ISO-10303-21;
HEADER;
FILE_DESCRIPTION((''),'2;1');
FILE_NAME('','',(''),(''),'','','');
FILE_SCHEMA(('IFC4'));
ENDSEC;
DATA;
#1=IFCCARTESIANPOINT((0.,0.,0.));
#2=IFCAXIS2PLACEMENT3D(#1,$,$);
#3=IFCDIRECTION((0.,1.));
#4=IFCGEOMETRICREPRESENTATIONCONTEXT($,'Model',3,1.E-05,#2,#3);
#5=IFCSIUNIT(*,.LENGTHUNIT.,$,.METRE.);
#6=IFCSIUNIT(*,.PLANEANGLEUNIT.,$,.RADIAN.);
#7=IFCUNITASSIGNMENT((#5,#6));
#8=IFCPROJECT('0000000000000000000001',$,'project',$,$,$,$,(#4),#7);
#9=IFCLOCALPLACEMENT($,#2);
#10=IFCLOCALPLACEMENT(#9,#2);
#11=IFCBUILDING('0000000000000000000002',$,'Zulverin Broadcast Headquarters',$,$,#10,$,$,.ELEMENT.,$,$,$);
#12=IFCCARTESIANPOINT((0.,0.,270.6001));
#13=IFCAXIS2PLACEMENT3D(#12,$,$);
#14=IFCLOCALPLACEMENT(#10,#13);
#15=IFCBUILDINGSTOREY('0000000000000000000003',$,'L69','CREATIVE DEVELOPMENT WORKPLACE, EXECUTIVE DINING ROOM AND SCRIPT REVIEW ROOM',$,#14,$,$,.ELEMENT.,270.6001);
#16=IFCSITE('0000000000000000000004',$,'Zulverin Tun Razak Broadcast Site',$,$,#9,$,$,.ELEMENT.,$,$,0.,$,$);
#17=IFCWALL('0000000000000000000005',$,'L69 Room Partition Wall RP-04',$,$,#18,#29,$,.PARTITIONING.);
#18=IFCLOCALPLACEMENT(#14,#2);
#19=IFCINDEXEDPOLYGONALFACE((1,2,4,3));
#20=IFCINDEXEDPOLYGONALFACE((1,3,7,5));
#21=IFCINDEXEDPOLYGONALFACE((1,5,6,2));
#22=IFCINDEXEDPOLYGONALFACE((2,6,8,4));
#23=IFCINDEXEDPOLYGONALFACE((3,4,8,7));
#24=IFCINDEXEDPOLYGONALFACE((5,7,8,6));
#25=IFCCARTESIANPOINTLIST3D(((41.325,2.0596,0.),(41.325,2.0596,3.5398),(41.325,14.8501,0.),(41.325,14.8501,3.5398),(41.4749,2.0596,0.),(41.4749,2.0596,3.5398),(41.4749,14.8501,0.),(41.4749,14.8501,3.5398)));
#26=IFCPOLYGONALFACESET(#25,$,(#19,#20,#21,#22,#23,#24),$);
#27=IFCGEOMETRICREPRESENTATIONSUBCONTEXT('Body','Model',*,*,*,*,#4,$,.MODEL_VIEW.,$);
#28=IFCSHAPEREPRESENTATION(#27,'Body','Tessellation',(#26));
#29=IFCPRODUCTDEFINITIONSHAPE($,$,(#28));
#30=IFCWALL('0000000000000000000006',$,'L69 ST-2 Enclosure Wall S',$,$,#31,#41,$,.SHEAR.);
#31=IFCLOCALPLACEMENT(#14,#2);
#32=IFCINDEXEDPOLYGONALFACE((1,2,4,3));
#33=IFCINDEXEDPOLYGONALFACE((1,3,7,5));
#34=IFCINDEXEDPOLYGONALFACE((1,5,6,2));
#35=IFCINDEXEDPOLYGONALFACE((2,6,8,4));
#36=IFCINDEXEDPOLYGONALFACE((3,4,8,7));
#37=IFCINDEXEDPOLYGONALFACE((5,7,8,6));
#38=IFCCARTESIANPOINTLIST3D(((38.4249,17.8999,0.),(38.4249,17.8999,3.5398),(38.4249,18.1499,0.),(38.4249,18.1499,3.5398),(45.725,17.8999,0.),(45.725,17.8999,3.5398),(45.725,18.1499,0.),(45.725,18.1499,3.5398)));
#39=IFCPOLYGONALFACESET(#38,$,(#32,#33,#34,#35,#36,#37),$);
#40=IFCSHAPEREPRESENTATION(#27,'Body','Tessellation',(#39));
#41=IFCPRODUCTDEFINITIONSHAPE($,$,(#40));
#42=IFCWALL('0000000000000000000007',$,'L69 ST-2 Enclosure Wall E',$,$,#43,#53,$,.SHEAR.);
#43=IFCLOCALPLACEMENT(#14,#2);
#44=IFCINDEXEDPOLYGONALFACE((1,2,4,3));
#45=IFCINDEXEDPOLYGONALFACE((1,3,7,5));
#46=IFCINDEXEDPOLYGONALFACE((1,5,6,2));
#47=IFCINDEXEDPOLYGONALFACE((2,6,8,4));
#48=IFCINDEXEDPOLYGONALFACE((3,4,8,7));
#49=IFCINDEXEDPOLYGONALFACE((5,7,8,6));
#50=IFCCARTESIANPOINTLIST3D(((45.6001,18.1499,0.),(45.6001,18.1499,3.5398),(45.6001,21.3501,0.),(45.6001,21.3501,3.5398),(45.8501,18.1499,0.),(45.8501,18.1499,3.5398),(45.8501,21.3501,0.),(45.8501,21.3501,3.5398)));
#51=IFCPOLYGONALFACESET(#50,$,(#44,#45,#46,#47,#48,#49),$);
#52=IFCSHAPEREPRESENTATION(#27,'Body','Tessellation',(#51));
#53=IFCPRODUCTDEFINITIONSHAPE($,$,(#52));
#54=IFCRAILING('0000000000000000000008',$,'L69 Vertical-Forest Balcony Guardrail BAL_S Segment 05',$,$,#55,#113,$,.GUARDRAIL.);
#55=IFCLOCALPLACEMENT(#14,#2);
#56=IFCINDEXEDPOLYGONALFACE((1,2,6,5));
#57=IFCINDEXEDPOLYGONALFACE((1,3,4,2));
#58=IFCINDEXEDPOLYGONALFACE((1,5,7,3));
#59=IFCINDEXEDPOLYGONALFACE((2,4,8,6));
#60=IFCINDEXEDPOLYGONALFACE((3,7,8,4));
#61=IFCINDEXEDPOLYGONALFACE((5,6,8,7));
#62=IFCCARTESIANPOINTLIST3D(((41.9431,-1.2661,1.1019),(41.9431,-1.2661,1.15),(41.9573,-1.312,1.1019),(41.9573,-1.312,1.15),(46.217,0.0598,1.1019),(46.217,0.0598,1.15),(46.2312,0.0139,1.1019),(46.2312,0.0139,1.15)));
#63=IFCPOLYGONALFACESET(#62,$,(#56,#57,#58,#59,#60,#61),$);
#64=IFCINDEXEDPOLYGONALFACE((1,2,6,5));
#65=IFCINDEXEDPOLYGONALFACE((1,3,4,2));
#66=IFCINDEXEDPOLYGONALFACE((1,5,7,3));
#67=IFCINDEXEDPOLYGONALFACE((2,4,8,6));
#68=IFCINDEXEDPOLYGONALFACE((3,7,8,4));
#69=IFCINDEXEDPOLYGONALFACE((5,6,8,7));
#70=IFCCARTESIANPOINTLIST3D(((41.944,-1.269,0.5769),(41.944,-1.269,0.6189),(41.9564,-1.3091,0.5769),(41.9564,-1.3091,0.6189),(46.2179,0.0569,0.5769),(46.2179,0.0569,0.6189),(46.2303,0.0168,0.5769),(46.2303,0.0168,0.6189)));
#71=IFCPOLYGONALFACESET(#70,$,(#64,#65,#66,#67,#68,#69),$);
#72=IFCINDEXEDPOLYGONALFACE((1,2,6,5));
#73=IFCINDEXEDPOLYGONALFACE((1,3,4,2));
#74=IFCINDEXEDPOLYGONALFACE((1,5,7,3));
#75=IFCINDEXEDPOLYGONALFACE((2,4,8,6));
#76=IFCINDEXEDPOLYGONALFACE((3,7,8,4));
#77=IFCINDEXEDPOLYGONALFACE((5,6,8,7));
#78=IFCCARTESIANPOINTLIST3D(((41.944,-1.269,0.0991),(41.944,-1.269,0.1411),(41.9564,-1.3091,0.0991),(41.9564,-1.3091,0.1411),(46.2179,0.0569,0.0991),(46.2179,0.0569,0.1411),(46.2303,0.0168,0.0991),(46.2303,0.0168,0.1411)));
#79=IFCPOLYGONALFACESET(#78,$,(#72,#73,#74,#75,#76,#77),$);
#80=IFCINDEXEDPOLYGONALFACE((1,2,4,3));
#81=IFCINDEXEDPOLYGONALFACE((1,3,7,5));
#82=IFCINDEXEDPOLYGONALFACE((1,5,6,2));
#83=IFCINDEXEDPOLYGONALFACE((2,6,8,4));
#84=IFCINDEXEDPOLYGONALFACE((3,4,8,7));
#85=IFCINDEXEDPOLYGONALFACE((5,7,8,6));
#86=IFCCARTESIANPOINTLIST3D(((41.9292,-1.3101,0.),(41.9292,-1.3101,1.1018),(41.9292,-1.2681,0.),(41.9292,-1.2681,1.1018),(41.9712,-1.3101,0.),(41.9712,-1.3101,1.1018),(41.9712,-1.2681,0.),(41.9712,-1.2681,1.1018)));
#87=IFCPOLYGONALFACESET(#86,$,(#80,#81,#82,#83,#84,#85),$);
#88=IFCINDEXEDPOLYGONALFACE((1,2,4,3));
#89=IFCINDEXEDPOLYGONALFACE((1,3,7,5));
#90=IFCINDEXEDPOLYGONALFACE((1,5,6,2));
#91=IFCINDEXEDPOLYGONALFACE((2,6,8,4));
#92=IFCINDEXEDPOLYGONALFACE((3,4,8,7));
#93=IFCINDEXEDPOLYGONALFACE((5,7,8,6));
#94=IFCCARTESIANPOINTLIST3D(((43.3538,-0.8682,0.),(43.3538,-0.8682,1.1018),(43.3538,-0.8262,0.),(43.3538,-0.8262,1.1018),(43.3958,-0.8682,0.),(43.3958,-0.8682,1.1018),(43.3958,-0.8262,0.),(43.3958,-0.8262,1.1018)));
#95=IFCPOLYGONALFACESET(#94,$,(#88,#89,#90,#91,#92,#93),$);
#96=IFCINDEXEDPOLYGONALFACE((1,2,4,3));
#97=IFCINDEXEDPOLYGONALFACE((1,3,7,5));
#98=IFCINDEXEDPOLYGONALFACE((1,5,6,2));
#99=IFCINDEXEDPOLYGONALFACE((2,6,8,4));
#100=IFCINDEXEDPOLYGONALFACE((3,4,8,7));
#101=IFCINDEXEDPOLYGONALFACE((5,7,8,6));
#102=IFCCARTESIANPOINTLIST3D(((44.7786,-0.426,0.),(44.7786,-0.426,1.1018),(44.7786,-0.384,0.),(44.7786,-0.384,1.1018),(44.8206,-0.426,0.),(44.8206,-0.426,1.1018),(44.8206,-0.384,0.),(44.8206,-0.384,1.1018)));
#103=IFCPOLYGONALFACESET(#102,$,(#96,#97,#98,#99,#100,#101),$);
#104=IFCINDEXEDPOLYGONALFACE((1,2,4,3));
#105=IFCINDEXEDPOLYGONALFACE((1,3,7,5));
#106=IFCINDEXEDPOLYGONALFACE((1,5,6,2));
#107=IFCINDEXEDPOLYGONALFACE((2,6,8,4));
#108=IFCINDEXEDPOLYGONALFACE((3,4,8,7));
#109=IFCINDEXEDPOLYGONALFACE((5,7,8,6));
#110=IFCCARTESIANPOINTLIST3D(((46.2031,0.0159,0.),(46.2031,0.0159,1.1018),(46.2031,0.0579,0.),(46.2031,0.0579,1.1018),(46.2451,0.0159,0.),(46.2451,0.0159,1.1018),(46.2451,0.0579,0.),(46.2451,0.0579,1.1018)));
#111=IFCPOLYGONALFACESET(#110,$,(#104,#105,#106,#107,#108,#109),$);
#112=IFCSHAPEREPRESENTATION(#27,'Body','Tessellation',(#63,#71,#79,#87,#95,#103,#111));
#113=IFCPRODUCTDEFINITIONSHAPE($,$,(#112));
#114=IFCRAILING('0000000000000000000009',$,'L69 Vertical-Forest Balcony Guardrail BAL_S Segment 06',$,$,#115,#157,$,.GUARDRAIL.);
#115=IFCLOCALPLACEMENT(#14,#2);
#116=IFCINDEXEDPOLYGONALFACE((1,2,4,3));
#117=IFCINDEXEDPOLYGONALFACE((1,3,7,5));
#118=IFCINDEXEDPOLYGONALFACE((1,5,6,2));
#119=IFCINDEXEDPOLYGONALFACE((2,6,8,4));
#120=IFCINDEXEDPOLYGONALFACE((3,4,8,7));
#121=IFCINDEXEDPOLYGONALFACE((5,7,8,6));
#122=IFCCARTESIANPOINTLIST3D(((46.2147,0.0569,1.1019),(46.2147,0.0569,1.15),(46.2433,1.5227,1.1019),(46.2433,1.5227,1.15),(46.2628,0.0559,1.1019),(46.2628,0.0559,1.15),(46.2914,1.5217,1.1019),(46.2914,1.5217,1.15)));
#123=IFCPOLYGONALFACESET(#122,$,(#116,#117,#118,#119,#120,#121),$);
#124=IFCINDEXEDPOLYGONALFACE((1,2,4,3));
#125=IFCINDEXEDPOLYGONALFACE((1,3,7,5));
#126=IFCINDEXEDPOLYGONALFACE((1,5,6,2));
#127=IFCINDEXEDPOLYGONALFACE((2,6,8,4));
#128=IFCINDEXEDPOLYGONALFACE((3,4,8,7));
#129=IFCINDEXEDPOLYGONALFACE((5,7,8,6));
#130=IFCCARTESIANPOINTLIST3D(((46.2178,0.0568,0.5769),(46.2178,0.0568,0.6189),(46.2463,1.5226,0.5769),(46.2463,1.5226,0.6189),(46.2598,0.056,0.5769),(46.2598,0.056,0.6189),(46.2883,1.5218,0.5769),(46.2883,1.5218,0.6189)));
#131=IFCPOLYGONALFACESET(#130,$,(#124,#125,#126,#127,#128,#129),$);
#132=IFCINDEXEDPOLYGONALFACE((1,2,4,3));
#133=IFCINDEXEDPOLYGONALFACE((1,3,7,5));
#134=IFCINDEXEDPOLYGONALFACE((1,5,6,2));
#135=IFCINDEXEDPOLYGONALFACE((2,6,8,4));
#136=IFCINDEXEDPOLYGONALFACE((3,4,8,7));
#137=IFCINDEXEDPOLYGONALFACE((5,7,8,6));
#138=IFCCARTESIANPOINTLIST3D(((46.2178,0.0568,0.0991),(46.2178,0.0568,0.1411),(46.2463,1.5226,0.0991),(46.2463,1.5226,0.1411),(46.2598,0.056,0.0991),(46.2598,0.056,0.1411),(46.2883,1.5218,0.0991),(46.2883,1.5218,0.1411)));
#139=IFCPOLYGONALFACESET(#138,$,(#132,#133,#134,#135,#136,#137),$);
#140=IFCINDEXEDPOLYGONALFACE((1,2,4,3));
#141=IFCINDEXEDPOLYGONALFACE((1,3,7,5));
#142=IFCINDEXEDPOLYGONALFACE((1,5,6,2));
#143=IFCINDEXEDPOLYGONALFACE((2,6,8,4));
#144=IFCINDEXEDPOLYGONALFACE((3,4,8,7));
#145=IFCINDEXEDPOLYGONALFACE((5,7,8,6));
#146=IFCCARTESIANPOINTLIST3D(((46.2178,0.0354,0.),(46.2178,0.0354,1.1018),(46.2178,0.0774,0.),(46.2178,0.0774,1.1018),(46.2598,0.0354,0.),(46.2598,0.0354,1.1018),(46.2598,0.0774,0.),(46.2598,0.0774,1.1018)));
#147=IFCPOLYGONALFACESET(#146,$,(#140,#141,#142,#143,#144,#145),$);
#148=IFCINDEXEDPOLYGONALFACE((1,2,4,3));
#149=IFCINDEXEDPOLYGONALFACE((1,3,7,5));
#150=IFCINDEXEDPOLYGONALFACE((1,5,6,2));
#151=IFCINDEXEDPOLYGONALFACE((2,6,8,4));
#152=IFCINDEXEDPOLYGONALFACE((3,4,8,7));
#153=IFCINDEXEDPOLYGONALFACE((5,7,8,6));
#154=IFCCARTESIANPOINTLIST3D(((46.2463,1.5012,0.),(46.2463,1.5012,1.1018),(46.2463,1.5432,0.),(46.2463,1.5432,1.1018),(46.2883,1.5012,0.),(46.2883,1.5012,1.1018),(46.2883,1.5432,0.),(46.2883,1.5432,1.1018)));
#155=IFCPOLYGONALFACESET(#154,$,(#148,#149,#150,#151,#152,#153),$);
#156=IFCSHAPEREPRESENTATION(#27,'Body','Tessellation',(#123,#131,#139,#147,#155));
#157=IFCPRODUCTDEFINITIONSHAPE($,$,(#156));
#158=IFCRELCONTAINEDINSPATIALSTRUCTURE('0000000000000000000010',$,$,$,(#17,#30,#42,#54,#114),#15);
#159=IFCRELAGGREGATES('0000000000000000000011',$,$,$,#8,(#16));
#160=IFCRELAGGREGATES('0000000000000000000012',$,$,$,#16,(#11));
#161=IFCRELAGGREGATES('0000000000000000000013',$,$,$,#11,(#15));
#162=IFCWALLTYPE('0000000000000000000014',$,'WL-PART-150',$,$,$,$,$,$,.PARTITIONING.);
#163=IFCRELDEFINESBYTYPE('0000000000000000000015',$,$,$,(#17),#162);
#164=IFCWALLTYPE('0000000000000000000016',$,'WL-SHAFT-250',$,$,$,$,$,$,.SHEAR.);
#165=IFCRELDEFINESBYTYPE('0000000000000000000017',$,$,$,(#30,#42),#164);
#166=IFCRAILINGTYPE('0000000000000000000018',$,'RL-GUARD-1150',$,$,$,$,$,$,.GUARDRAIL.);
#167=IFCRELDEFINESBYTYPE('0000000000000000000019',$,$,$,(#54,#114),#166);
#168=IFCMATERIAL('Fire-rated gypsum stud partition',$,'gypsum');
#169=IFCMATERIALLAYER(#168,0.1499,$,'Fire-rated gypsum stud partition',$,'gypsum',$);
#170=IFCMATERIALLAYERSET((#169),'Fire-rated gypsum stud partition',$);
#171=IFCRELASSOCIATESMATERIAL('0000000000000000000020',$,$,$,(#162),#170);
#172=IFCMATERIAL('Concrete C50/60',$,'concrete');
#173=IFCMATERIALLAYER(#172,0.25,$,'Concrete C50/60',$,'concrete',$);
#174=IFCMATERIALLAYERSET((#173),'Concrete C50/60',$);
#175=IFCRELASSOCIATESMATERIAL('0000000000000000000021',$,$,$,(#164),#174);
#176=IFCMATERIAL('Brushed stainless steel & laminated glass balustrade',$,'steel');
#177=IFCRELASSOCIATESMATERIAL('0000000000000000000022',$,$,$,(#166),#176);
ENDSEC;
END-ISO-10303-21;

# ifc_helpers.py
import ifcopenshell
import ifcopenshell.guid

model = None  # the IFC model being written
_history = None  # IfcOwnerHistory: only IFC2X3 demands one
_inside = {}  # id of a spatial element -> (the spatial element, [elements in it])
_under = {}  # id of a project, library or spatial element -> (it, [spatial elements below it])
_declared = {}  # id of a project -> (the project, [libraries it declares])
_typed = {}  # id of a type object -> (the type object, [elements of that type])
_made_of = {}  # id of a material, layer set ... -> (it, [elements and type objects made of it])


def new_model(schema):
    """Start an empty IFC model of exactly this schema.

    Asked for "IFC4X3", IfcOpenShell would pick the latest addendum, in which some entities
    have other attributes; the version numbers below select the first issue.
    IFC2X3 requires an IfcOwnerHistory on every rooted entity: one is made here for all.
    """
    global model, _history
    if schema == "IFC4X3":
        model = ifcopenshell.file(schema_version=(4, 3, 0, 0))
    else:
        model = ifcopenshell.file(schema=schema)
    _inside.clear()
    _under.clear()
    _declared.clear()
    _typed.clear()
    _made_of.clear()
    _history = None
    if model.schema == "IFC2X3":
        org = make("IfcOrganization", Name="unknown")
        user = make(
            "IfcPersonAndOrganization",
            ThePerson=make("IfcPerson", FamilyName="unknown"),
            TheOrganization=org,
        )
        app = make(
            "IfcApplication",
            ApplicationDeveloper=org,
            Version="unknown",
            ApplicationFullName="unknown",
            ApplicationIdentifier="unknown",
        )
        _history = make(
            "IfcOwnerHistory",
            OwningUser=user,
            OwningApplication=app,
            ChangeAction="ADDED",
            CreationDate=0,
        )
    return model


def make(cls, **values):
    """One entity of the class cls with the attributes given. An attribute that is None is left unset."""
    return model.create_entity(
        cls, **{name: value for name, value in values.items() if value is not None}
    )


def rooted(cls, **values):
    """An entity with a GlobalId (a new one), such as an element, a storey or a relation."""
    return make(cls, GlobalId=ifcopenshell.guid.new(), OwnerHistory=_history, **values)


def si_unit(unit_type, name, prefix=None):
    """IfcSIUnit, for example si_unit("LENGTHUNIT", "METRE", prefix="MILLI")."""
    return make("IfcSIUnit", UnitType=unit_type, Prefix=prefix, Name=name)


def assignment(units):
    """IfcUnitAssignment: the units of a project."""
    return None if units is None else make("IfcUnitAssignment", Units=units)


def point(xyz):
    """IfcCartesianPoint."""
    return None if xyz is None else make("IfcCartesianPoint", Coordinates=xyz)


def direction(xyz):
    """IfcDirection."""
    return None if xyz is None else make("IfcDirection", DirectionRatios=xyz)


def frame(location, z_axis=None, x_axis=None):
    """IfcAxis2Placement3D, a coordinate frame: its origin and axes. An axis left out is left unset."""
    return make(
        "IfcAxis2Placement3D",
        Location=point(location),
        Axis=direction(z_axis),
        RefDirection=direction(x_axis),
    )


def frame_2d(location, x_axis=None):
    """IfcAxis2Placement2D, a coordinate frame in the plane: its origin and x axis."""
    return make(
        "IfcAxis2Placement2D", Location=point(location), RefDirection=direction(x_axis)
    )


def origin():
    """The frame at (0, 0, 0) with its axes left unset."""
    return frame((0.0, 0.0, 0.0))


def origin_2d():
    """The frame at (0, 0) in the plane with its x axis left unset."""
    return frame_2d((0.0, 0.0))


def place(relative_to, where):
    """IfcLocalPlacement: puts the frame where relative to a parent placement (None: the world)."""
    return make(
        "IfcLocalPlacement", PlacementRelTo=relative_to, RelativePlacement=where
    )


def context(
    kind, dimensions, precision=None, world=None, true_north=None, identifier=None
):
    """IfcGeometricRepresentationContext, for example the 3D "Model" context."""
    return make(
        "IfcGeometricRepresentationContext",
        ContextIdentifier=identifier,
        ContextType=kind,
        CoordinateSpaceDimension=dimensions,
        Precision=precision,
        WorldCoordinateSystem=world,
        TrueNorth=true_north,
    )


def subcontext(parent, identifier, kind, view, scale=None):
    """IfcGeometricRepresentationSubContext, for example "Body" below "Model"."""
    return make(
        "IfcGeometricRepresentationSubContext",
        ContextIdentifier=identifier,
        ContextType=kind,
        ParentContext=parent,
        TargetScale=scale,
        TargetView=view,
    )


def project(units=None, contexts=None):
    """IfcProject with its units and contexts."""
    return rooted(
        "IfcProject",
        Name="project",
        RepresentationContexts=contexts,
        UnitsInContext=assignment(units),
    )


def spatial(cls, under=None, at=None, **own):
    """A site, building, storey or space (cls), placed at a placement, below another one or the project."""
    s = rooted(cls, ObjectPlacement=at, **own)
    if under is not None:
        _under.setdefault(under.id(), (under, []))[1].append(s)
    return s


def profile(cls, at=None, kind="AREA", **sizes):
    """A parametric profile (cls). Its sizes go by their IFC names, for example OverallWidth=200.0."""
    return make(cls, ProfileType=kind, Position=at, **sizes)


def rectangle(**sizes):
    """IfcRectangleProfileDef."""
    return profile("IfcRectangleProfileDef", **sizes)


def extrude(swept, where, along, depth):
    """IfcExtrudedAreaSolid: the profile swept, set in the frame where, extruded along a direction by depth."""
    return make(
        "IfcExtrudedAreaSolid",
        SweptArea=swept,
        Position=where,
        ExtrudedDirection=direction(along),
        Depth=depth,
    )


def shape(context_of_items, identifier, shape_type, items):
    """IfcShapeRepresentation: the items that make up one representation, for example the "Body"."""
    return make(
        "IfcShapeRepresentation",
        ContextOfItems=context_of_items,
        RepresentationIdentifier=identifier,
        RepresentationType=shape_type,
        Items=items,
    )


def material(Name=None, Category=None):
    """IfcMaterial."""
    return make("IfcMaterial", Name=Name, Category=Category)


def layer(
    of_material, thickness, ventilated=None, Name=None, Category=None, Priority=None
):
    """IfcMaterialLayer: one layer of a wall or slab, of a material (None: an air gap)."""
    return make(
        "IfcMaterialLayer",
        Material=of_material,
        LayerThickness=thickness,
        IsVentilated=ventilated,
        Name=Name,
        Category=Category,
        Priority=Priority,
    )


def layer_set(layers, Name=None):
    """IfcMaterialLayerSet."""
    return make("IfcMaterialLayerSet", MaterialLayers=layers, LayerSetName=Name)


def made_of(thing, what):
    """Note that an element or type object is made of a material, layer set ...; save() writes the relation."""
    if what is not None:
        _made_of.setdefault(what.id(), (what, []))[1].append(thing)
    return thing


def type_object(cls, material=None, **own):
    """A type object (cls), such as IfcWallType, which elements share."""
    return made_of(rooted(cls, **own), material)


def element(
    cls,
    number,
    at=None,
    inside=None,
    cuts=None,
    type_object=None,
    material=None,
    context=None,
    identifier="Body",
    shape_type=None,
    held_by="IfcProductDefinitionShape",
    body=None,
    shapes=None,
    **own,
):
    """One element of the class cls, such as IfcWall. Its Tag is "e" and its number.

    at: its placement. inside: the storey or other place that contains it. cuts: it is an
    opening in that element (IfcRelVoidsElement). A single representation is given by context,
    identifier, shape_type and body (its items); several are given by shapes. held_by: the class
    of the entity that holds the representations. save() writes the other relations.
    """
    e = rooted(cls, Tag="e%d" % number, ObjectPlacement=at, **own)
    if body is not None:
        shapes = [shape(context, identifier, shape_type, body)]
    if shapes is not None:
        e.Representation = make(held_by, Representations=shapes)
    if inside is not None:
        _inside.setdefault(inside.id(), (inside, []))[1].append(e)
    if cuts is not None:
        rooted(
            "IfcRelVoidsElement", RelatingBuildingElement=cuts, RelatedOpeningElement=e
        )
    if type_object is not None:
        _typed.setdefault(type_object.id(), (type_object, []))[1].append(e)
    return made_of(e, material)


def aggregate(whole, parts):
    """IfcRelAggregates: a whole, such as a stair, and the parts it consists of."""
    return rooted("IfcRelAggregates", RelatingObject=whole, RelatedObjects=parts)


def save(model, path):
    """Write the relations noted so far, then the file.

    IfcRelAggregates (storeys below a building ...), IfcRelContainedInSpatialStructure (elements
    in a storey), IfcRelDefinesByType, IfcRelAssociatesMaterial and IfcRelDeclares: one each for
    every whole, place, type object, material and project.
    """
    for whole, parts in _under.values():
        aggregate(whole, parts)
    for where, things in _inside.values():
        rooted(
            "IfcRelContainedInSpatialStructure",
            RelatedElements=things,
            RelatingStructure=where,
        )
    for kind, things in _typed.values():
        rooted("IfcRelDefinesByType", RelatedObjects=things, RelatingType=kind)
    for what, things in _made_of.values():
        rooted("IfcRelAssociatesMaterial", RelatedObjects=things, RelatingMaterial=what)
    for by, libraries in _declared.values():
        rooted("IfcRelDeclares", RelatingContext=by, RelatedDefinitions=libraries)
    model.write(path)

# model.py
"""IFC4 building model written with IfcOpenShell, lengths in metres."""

from ifc_helpers import new_model, si_unit, direction, frame, frame_2d, origin, origin_2d, place, context, subcontext, project, spatial, rectangle, extrude, material, layer, layer_set, type_object, element, save


model = new_model("IFC4")

# Units and contexts
model_context = context("Model", 3, precision=1e-05, world=origin(), true_north=direction((0.0, 1.0)))
body_context = subcontext(model_context, "Body", "Model", "MODEL_VIEW")
ifc_project = project(units=[si_unit("LENGTHUNIT", "METRE"), si_unit("PLANEANGLEUNIT", "RADIAN")], contexts=[model_context])

# Site, building, storey
site_placement = place(None, origin())
site = spatial("IfcSite", under=ifc_project, at=site_placement, Name="Zulverin Tun Razak Broadcast Site", CompositionType="ELEMENT", RefElevation=0.0)
building_placement = place(site_placement, origin())
building = spatial("IfcBuilding", under=site, at=building_placement, Name="Zulverin Broadcast Headquarters", CompositionType="ELEMENT")
storey_placement = place(building_placement, frame((0.0, 0.0, 270.6001)))
storey = spatial("IfcBuildingStorey", under=building, at=storey_placement, Name="L69", Description="CREATIVE DEVELOPMENT WORKPLACE, EXECUTIVE DINING ROOM AND SCRIPT REVIEW ROOM", CompositionType="ELEMENT", Elevation=270.6001)

# Shared definitions
ifc_material_1 = material(Name="Concrete C50/60", Category="concrete")

# Walls
ifc_material_2 = material(Name="Fire-rated gypsum stud partition", Category="gypsum")
ifc_layer_1 = layer(ifc_material_2, 0.1499, Name="Fire-rated gypsum stud partition", Category="gypsum")
ifc_layer_set_1 = layer_set([ifc_layer_1], Name="Fire-rated gypsum stud partition")
wall_type_1 = type_object("IfcWallType", Name="WL-PART-150", PredefinedType="PARTITIONING", material=ifc_layer_set_1)
wall_1_placement = place(storey_placement, frame((41.3999, 2.0596, 0.0), z_axis=(0.0, 0.0, 1.0), x_axis=(0.0, 1.0, 0.0)))
element("IfcWall", 1, at=wall_1_placement, inside=storey, type_object=wall_type_1, Name="L69 Room Partition Wall RP-04", PredefinedType="PARTITIONING", context=body_context, shape_type="SweptSolid", body=[
    extrude(rectangle(XDim=12.7905, YDim=0.1499, at=frame_2d((6.3953, 0.0))), origin(), (0.0, 0.0, 1.0), 3.5398),
])
ifc_layer_2 = layer(ifc_material_1, 0.25, Name="Concrete C50/60", Category="concrete")
ifc_layer_set_2 = layer_set([ifc_layer_2], Name="Concrete C50/60")
wall_type_2 = type_object("IfcWallType", Name="WL-SHAFT-250", PredefinedType="SHEAR", material=ifc_layer_set_2)
wall_2_placement = place(storey_placement, frame((38.425, 18.0249, 0.0), z_axis=(0.0, 0.0, 1.0), x_axis=(1.0, 0.0, 0.0)))
element("IfcWall", 2, at=wall_2_placement, inside=storey, type_object=wall_type_2, Name="L69 ST-2 Enclosure Wall S", PredefinedType="SHEAR", context=body_context, shape_type="SweptSolid", body=[
    extrude(rectangle(XDim=7.3, YDim=0.25, at=frame_2d((3.6499, 0.0))), origin(), (0.0, 0.0, 1.0), 3.5398),
])

# Wall
wall_3_placement = place(storey_placement, frame((45.7251, 18.1499, 0.0), z_axis=(0.0, 0.0, 1.0), x_axis=(0.0, 1.0, 0.0)))
element("IfcWall", 3, at=wall_3_placement, inside=storey, type_object=wall_type_2, Name="L69 ST-2 Enclosure Wall E", PredefinedType="SHEAR", context=body_context, shape_type="SweptSolid", body=[
    extrude(rectangle(XDim=3.2002, YDim=0.25, at=frame_2d((1.6001, 0.0))), origin(), (0.0, 0.0, 1.0), 3.5398),
])

# Railings
ifc_material_3 = material(Name="Brushed stainless steel & laminated glass balustrade", Category="steel")
railing_type = type_object("IfcRailingType", Name="RL-GUARD-1150", PredefinedType="GUARDRAIL", material=ifc_material_3)
railing_1_placement = place(storey_placement, frame((41.9502, -1.2891, 0.0)))
element("IfcRailing", 4, at=railing_1_placement, inside=storey, type_object=railing_type, Name="L69 Vertical-Forest Balcony Guardrail BAL_S Segment 05", PredefinedType="GUARDRAIL", context=body_context, shape_type="SweptSolid", body=[
    extrude(rectangle(XDim=0.0481, YDim=0.0481, at=origin_2d()), frame((0.0, 0.0, 1.126), z_axis=(0.955093, 0.296305, 0.0), x_axis=(-0.296305, 0.955093, 0.0)), (0.0, 0.0, 1.0), 4.4749),
    extrude(rectangle(XDim=0.042, YDim=0.042, at=origin_2d()), frame((0.0, 0.0, 0.5979), z_axis=(0.955093, 0.296305, 0.0), x_axis=(-0.296305, 0.955093, 0.0)), (0.0, 0.0, 1.0), 4.4749),
    extrude(rectangle(XDim=0.042, YDim=0.042, at=origin_2d()), frame((0.0, 0.0, 0.1201), z_axis=(0.955093, 0.296305, 0.0), x_axis=(-0.296305, 0.955093, 0.0)), (0.0, 0.0, 1.0), 4.4749),
    extrude(rectangle(XDim=0.042, YDim=0.042, at=origin_2d()), origin(), (0.0, 0.0, 1.0), 1.1018),
    extrude(rectangle(XDim=0.042, YDim=0.042, at=origin_2d()), frame((1.4246, 0.4419, 0.0)), (0.0, 0.0, 1.0), 1.1018),
    extrude(rectangle(XDim=0.042, YDim=0.042, at=origin_2d()), frame((2.8494, 0.884, 0.0)), (0.0, 0.0, 1.0), 1.1018),
    extrude(rectangle(XDim=0.042, YDim=0.042, at=origin_2d()), frame((4.2739, 1.3259, 0.0)), (0.0, 0.0, 1.0), 1.1018),
])
railing_2_placement = place(storey_placement, frame((46.2388, 0.0564, 0.0)))
element("IfcRailing", 5, at=railing_2_placement, inside=storey, type_object=railing_type, Name="L69 Vertical-Forest Balcony Guardrail BAL_S Segment 06", PredefinedType="GUARDRAIL", context=body_context, shape_type="SweptSolid", body=[
    extrude(rectangle(XDim=0.0481, YDim=0.0481, at=origin_2d()), frame((0.0, 0.0, 1.126), z_axis=(0.019483, 0.99981, 0.0), x_axis=(-0.99981, 0.019483, 0.0)), (0.0, 0.0, 1.0), 1.4661),
    extrude(rectangle(XDim=0.042, YDim=0.042, at=origin_2d()), frame((0.0, 0.0, 0.5979), z_axis=(0.019483, 0.99981, 0.0), x_axis=(-0.99981, 0.019483, 0.0)), (0.0, 0.0, 1.0), 1.4661),
    extrude(rectangle(XDim=0.042, YDim=0.042, at=origin_2d()), frame((0.0, 0.0, 0.1201), z_axis=(0.019483, 0.99981, 0.0), x_axis=(-0.99981, 0.019483, 0.0)), (0.0, 0.0, 1.0), 1.4661),
    extrude(rectangle(XDim=0.042, YDim=0.042, at=origin_2d()), origin(), (0.0, 0.0, 1.0), 1.1018),
    extrude(rectangle(XDim=0.042, YDim=0.042, at=origin_2d()), frame((0.0286, 1.4658, 0.0)), (0.0, 0.0, 1.0), 1.1018),
])

save(model, "model.ifc")
